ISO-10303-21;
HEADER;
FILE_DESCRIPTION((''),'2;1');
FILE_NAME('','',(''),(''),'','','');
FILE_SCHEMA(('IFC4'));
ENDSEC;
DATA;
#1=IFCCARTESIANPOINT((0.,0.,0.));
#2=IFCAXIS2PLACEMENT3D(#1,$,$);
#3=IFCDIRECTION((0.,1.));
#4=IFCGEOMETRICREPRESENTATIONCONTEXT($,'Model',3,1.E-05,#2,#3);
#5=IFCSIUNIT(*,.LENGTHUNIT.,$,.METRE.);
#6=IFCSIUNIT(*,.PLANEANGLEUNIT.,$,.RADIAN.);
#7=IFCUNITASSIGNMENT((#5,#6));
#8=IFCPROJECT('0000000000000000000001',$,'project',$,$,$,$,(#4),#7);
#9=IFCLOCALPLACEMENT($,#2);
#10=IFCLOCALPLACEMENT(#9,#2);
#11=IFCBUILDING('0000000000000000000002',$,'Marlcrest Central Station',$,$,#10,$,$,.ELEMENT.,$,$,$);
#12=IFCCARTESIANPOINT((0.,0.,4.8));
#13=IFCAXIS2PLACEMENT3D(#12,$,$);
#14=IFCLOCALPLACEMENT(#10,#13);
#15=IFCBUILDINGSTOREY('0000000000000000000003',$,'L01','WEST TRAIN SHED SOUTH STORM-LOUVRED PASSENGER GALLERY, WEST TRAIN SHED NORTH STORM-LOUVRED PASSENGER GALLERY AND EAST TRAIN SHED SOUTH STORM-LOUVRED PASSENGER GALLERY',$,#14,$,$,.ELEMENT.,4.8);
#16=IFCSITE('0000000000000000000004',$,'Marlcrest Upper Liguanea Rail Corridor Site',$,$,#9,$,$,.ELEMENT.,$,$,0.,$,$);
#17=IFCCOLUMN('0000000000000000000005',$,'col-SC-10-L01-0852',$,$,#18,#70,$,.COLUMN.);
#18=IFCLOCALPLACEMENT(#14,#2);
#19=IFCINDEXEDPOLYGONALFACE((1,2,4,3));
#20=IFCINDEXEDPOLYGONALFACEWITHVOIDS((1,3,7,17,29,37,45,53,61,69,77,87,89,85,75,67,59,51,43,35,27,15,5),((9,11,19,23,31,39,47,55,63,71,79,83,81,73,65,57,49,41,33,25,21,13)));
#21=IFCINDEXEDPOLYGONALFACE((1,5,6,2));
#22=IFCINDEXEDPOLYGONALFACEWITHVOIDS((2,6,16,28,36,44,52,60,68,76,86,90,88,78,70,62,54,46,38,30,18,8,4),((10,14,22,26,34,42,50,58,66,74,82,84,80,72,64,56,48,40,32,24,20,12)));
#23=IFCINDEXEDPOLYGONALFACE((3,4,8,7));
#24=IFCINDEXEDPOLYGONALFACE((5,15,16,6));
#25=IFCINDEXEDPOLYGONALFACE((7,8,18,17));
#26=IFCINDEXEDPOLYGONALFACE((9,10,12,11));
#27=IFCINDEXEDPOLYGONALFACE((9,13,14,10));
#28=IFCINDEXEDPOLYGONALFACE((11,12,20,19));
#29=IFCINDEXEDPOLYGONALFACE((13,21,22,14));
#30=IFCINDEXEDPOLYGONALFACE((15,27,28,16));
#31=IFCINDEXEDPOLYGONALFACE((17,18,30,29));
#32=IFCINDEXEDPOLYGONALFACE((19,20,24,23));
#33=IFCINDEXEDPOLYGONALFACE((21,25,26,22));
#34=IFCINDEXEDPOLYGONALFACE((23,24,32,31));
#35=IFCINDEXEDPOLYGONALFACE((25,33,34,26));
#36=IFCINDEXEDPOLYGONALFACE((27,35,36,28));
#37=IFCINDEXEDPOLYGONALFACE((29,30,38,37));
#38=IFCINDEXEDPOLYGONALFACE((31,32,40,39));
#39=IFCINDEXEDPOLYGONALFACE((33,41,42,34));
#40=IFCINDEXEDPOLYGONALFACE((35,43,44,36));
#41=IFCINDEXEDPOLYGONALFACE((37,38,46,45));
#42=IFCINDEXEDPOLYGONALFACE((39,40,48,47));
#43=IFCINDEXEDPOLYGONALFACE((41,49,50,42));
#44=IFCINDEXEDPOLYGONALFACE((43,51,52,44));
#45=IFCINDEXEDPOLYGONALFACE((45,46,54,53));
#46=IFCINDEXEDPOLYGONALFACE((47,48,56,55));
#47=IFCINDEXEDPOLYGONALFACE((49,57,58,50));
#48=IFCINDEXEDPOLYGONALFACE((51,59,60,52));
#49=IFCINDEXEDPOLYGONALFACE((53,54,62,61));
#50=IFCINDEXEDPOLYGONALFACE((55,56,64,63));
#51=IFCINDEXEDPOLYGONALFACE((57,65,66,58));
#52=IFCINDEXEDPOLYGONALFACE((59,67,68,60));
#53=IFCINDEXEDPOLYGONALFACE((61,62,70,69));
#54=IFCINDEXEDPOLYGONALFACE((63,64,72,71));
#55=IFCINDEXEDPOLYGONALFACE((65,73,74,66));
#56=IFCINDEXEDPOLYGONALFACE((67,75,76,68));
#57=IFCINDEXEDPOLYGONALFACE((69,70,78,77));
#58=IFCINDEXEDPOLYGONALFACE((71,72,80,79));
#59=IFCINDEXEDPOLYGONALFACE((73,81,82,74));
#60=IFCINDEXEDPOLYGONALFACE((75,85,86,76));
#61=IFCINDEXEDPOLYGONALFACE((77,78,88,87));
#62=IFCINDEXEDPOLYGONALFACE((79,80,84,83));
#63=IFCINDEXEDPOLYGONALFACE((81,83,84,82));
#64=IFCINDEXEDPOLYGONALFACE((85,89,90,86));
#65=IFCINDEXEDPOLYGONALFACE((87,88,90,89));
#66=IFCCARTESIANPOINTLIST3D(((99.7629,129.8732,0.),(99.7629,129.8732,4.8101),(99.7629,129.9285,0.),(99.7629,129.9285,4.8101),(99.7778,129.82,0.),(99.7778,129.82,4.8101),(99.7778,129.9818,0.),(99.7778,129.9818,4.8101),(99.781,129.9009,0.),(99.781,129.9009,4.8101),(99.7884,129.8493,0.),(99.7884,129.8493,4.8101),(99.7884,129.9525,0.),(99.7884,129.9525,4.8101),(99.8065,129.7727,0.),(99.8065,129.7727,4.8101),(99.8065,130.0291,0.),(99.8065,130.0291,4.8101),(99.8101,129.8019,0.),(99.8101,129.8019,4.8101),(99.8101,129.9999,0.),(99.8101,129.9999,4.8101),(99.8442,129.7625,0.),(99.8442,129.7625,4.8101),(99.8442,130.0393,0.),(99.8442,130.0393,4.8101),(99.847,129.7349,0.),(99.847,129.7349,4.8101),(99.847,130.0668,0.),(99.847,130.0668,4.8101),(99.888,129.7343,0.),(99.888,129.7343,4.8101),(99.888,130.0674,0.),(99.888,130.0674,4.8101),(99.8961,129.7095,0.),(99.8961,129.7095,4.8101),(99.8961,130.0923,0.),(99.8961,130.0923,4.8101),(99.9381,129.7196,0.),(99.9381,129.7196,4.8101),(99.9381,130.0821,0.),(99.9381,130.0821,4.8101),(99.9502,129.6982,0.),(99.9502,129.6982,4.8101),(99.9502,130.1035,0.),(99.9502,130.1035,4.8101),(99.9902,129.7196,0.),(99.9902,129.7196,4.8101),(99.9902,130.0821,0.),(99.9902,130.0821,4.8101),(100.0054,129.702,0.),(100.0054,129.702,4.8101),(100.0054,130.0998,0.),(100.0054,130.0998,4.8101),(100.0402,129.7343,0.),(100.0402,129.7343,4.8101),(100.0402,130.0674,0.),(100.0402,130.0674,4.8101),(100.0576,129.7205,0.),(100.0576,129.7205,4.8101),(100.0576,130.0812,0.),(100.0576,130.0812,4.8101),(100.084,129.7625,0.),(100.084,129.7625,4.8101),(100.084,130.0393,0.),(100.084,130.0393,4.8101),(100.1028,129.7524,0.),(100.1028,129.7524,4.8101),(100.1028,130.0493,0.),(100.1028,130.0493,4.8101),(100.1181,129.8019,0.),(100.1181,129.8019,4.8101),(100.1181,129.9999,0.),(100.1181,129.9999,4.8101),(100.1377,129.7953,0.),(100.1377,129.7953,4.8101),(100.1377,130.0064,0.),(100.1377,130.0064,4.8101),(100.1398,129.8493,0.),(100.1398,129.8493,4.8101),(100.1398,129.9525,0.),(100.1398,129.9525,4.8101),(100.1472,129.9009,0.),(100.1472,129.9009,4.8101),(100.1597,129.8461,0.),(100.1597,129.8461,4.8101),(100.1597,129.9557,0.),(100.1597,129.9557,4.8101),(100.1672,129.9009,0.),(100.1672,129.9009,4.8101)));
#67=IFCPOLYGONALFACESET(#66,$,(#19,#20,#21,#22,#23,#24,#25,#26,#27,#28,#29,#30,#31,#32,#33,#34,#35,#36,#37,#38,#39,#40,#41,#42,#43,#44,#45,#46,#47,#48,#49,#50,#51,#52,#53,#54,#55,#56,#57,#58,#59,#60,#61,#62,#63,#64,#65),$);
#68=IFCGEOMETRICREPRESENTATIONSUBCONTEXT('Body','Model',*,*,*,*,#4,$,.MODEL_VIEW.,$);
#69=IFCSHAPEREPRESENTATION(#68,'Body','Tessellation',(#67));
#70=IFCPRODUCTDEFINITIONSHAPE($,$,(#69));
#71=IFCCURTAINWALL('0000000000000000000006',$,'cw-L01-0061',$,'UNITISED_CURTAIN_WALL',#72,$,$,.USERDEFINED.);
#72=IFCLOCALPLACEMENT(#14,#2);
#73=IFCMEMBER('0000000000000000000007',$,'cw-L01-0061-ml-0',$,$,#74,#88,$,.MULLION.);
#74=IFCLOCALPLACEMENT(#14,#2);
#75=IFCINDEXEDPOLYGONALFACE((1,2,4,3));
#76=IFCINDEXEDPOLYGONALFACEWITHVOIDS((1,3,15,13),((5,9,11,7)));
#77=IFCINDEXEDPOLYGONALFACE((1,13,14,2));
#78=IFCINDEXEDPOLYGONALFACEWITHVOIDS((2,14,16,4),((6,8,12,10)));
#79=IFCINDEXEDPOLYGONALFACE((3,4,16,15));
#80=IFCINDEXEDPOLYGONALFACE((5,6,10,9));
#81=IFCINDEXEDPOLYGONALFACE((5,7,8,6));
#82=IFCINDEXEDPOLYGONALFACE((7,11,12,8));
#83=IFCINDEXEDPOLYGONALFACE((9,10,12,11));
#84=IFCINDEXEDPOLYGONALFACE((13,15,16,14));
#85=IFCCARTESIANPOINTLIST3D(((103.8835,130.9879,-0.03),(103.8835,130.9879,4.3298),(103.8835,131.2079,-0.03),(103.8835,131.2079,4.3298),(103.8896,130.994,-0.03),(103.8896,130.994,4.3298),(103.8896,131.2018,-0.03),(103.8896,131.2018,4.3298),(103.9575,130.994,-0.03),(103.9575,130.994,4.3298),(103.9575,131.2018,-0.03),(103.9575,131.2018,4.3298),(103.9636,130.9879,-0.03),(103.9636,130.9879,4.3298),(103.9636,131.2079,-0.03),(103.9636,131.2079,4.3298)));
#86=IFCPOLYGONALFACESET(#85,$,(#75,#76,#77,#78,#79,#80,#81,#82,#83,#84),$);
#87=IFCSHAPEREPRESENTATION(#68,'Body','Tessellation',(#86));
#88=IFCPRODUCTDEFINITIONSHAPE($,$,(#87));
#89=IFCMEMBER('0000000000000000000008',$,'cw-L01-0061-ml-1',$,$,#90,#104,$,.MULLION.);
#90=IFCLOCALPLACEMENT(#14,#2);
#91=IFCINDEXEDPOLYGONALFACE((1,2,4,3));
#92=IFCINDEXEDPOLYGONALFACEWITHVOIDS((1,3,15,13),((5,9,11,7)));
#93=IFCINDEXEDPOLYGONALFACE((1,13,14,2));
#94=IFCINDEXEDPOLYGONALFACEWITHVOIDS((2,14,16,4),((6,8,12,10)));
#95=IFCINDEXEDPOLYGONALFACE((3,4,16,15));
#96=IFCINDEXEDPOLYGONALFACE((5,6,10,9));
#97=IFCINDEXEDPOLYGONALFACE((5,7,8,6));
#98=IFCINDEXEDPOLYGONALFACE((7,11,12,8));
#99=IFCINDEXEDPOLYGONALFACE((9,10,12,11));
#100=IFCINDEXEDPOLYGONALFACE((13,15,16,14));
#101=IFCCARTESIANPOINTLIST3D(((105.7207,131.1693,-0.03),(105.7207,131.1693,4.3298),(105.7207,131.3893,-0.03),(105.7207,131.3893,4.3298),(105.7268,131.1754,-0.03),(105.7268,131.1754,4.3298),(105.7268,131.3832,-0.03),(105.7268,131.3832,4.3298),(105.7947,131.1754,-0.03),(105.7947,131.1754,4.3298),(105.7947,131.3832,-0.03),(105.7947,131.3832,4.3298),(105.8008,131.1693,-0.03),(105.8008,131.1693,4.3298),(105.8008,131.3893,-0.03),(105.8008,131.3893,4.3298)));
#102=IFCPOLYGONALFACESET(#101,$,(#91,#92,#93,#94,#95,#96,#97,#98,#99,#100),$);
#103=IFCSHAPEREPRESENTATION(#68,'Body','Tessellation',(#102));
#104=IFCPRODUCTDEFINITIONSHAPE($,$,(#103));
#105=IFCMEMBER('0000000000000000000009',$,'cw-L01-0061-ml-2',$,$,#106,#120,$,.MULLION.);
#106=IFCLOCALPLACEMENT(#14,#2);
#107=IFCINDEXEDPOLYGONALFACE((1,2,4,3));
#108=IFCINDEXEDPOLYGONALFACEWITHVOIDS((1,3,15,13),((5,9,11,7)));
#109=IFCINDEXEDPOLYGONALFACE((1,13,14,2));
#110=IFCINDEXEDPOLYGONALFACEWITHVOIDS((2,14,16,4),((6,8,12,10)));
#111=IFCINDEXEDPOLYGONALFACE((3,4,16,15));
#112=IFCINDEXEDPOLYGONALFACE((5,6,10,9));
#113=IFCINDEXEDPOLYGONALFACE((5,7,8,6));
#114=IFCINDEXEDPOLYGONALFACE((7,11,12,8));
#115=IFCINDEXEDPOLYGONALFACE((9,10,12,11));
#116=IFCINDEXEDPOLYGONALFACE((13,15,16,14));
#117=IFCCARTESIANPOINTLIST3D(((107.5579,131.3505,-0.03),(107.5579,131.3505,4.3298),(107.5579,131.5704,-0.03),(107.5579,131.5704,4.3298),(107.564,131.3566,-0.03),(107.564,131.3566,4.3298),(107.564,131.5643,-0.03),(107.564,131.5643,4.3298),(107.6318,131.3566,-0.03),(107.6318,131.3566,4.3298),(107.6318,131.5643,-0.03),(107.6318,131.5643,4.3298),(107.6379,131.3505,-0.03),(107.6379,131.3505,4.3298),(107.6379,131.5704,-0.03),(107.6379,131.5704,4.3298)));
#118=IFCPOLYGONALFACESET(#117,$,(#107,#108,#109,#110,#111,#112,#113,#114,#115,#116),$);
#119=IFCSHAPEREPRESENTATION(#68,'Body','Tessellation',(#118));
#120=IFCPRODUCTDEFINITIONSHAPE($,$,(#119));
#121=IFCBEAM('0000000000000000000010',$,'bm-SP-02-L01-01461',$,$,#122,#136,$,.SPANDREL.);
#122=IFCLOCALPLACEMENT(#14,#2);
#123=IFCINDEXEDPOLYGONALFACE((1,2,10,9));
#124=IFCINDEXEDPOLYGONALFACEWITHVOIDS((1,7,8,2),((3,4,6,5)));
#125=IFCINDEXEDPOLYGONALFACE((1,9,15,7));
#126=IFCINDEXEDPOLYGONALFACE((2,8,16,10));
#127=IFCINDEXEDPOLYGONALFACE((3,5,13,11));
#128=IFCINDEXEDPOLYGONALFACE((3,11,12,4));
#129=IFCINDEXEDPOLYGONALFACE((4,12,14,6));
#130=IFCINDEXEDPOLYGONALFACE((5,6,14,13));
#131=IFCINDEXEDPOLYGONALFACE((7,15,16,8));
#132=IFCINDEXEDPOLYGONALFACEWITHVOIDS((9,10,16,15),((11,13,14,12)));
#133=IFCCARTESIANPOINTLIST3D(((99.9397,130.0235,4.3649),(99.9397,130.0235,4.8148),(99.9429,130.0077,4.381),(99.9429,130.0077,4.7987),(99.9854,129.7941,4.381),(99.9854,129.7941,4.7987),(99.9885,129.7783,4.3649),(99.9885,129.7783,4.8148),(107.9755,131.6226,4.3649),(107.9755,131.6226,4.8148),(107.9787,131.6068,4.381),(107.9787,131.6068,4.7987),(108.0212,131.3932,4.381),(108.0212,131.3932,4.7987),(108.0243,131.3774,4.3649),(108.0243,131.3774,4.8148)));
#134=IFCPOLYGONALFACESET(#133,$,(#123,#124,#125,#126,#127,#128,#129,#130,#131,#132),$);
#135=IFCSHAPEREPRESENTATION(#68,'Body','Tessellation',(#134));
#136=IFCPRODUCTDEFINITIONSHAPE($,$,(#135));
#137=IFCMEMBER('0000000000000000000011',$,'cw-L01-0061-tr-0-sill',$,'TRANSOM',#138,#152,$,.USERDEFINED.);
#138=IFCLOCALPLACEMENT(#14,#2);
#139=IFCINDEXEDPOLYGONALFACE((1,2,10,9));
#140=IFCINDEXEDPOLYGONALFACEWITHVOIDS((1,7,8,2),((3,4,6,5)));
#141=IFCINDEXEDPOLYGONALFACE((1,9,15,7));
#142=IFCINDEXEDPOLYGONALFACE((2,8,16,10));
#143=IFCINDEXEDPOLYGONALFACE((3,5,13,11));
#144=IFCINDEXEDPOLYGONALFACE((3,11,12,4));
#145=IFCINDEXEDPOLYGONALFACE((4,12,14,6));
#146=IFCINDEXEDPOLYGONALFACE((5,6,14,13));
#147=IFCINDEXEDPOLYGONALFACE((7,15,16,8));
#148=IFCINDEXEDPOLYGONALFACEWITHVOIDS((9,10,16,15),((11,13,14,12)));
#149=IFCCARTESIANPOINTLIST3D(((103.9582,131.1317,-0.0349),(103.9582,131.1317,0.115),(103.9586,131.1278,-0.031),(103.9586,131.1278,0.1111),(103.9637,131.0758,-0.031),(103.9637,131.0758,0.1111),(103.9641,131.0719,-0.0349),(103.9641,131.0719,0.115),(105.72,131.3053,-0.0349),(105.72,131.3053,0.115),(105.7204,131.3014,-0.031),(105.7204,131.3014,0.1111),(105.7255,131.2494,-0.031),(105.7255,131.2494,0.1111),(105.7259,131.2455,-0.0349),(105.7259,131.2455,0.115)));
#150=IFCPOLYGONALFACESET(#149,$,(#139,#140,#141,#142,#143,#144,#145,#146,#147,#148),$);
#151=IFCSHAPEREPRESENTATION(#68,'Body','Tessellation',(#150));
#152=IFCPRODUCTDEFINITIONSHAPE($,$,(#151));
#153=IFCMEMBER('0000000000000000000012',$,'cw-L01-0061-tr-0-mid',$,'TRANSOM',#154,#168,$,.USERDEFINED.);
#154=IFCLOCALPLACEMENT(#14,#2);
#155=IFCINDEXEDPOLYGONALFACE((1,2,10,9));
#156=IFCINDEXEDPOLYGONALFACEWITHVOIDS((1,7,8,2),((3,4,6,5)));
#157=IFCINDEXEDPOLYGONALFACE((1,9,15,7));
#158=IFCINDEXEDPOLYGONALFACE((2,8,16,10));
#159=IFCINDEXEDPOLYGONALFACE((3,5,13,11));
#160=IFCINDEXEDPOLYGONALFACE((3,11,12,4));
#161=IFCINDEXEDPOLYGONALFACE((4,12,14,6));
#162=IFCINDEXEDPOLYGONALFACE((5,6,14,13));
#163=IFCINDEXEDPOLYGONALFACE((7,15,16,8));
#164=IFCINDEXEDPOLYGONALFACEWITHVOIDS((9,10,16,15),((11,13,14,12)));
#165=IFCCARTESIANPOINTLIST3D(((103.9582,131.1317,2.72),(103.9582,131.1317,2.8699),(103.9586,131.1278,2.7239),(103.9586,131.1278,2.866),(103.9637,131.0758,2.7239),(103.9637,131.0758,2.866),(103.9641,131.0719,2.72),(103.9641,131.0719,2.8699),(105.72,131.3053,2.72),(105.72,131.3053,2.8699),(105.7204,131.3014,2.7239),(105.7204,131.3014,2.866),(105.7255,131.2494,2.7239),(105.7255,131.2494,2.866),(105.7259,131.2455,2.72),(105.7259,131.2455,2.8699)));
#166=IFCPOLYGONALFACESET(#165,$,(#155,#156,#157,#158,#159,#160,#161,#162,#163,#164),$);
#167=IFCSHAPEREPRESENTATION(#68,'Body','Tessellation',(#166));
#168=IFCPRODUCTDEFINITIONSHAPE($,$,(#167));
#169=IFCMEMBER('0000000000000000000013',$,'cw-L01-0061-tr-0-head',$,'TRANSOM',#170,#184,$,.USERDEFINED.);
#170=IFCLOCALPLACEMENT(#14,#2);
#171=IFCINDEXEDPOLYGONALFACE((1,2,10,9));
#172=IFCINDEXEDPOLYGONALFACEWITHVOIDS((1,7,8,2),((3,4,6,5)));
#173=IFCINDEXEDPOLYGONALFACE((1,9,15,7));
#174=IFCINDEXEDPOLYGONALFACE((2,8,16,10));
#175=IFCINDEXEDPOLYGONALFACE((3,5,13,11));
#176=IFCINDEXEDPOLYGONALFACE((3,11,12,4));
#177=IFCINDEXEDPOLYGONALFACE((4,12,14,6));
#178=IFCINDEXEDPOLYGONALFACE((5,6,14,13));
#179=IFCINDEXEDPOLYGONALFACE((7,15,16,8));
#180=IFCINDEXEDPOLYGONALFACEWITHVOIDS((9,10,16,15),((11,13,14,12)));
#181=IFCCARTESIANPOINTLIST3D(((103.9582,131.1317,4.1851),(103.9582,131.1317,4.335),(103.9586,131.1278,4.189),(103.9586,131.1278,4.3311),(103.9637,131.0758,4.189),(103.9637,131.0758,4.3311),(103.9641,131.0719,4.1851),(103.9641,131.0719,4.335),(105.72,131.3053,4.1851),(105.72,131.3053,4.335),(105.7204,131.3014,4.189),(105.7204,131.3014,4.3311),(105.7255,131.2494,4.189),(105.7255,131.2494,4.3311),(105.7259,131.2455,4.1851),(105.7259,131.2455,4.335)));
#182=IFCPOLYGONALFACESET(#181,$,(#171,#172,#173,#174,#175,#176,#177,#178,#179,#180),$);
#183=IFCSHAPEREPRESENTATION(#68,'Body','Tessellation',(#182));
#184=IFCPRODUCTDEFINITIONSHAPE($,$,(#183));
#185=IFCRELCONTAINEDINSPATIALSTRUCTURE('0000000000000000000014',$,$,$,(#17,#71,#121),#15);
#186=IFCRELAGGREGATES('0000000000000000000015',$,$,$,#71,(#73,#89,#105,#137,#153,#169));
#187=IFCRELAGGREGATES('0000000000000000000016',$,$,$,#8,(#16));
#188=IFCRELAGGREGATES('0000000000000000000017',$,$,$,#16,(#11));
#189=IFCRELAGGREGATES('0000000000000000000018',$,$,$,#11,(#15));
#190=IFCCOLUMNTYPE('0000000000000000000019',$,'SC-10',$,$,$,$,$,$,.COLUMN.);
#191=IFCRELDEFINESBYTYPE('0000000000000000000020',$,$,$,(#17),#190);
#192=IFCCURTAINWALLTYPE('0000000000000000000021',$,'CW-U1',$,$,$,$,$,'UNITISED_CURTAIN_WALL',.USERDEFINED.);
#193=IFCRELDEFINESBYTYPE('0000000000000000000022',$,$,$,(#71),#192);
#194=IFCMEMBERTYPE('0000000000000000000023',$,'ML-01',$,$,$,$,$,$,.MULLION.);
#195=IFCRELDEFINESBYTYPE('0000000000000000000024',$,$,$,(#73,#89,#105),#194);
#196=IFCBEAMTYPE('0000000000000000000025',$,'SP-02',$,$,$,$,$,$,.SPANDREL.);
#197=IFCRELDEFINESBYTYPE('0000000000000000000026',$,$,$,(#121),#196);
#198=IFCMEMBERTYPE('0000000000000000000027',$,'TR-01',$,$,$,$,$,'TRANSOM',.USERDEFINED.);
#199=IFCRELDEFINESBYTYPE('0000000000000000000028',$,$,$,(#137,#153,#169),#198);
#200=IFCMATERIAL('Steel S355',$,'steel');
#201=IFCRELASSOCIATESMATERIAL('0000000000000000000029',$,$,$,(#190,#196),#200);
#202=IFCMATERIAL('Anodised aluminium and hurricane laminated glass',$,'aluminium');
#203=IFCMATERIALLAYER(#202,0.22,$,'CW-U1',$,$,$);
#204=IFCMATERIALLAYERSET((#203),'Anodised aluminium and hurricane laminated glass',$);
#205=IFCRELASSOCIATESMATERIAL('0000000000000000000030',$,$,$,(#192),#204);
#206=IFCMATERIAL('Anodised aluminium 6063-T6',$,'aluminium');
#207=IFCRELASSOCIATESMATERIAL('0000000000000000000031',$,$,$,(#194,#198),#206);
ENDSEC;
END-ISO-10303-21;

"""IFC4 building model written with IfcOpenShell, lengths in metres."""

from ifc_helpers import new_model, si_unit, direction, frame, origin, origin_2d, place, context, subcontext, project, spatial, hollow_rectangle, hollow_circle, extrude, material, layer, layer_set, material_profile, profile_set, type_object, element, aggregate, save


model = new_model("IFC4")

# Units and contexts
model_context = context("Model", 3, precision=1e-05, world=origin(), true_north=direction((0.0, 1.0)))
body_context = subcontext(model_context, "Body", "Model", "MODEL_VIEW")
ifc_project = project(units=[si_unit("LENGTHUNIT", "METRE"), si_unit("PLANEANGLEUNIT", "RADIAN")], contexts=[model_context])

# Site, building, storey
site_placement = place(None, origin())
site = spatial("IfcSite", under=ifc_project, at=site_placement, Name="Marlcrest Upper Liguanea Rail Corridor Site", CompositionType="ELEMENT", RefElevation=0.0)
building_placement = place(site_placement, origin())
building = spatial("IfcBuilding", under=site, at=building_placement, Name="Marlcrest Central Station", CompositionType="ELEMENT")
storey_placement = place(building_placement, frame((0.0, 0.0, 4.8)))
storey = spatial("IfcBuildingStorey", under=building, at=storey_placement, Name="L01", Description="WEST TRAIN SHED SOUTH STORM-LOUVRED PASSENGER GALLERY, WEST TRAIN SHED NORTH STORM-LOUVRED PASSENGER GALLERY AND EAST TRAIN SHED SOUTH STORM-LOUVRED PASSENGER GALLERY", CompositionType="ELEMENT", Elevation=4.8)

# Column
ifc_material_1 = material(Name="Steel S355", Category="steel")
ifc_material_profile_1 = material_profile(ifc_material_1, hollow_circle(Radius=0.2031, WallThickness=0.02, at=origin_2d()), Name="CHS 406.4x20")
ifc_profile_set_1 = profile_set([ifc_material_profile_1], Name="Steel S355")
column_type = type_object("IfcColumnType", Name="SC-10", PredefinedType="COLUMN", material=ifc_profile_set_1)
column_placement = place(storey_placement, frame((99.9641, 129.9009, 0.0), z_axis=(0.0, 0.0, 1.0), x_axis=(1.0, 0.0, 0.0)))
element("IfcColumn", 1, at=column_placement, inside=storey, type_object=column_type, Name="col-SC-10-L01-0852", PredefinedType="COLUMN", context=body_context, shape_type="SweptSolid", body=[
    extrude(hollow_circle(Radius=0.2031, WallThickness=0.02, at=origin_2d()), origin(), (0.0, 0.0, 1.0), 4.8101),
])

# Curtain wall, members
ifc_material_2 = material(Name="Anodised aluminium and hurricane laminated glass", Category="aluminium")
ifc_layer_1 = layer(ifc_material_2, 0.22, Name="CW-U1")
ifc_layer_set_1 = layer_set([ifc_layer_1], Name="Anodised aluminium and hurricane laminated glass")
curtain_wall_type = type_object("IfcCurtainWallType", Name="CW-U1", ElementType="UNITISED_CURTAIN_WALL", PredefinedType="USERDEFINED", material=ifc_layer_set_1)
curtain_wall_placement = place(storey_placement, origin())
curtain_wall = element("IfcCurtainWall", 2, at=curtain_wall_placement, inside=storey, type_object=curtain_wall_type, Name="cw-L01-0061", ObjectType="UNITISED_CURTAIN_WALL", PredefinedType="USERDEFINED")
ifc_material_3 = material(Name="Anodised aluminium 6063-T6", Category="aluminium")
ifc_material_profile_2 = material_profile(ifc_material_3, hollow_rectangle(XDim=0.0801, YDim=0.22, WallThickness=0.0061, at=origin_2d()), Name="AA-RHS 220x80x6")
ifc_profile_set_2 = profile_set([ifc_material_profile_2], Name="Anodised aluminium 6063-T6")
member_type_1 = type_object("IfcMemberType", Name="ML-01", PredefinedType="MULLION", material=ifc_profile_set_2)
member_1_placement = place(storey_placement, frame((103.9236, 131.0979, -0.03), z_axis=(0.0, 0.0, 1.0), x_axis=(1.0, 0.0, 0.0)))
member_1 = element("IfcMember", 3, at=member_1_placement, type_object=member_type_1, Name="cw-L01-0061-ml-0", PredefinedType="MULLION", context=body_context, shape_type="SweptSolid", body=[
    extrude(hollow_rectangle(XDim=0.0801, YDim=0.22, WallThickness=0.0061, at=origin_2d()), origin(), (0.0, 0.0, 1.0), 4.3599),
])
member_2_placement = place(storey_placement, frame((105.7607, 131.2793, -0.03), z_axis=(0.0, 0.0, 1.0), x_axis=(1.0, 0.0, 0.0)))
member_2 = element("IfcMember", 4, at=member_2_placement, type_object=member_type_1, Name="cw-L01-0061-ml-1", PredefinedType="MULLION", context=body_context, shape_type="SweptSolid", body=[
    extrude(hollow_rectangle(XDim=0.0801, YDim=0.22, WallThickness=0.0061, at=origin_2d()), origin(), (0.0, 0.0, 1.0), 4.3599),
])
member_3_placement = place(storey_placement, frame((107.5979, 131.4604, -0.03), z_axis=(0.0, 0.0, 1.0), x_axis=(1.0, 0.0, 0.0)))
member_3 = element("IfcMember", 5, at=member_3_placement, type_object=member_type_1, Name="cw-L01-0061-ml-2", PredefinedType="MULLION", context=body_context, shape_type="SweptSolid", body=[
    extrude(hollow_rectangle(XDim=0.0801, YDim=0.22, WallThickness=0.0061, at=origin_2d()), origin(), (0.0, 0.0, 1.0), 4.3599),
])

# Beam
ifc_material_profile_3 = material_profile(ifc_material_1, hollow_rectangle(XDim=0.25, YDim=0.45, WallThickness=0.0161, at=origin_2d()), Name="RHS 450x250x16")
ifc_profile_set_3 = profile_set([ifc_material_profile_3], Name="Steel S355")
beam_type = type_object("IfcBeamType", Name="SP-02", PredefinedType="SPANDREL", material=ifc_profile_set_3)
beam_placement = place(storey_placement, frame((99.9641, 129.9009, 4.5898), z_axis=(0.980769, 0.195171, 0.0), x_axis=(-0.195171, 0.980769, 0.0)))
element("IfcBeam", 6, at=beam_placement, inside=storey, type_object=beam_type, Name="bm-SP-02-L01-01461", PredefinedType="SPANDREL", context=body_context, shape_type="SweptSolid", body=[
    extrude(hollow_rectangle(XDim=0.25, YDim=0.45, WallThickness=0.0161, at=origin_2d()), origin(), (0.0, 0.0, 1.0), 8.1934),
])

# Members
ifc_material_profile_4 = material_profile(ifc_material_3, hollow_rectangle(XDim=0.0601, YDim=0.1499, WallThickness=0.0039, at=origin_2d()), Name="AA-RHS 150x60x4")
ifc_profile_set_4 = profile_set([ifc_material_profile_4], Name="Anodised aluminium 6063-T6")
member_type_2 = type_object("IfcMemberType", Name="TR-01", ElementType="TRANSOM", PredefinedType="USERDEFINED", material=ifc_profile_set_4)
member_4_placement = place(storey_placement, frame((103.9612, 131.1018, 0.04), z_axis=(0.995181, 0.098056, 0.0), x_axis=(-0.098056, 0.995181, 0.0)))
member_4 = element("IfcMember", 7, at=member_4_placement, type_object=member_type_2, Name="cw-L01-0061-tr-0-sill", ObjectType="TRANSOM", PredefinedType="USERDEFINED", context=body_context, shape_type="SweptSolid", body=[
    extrude(hollow_rectangle(XDim=0.0601, YDim=0.1499, WallThickness=0.0039, at=origin_2d()), origin(), (0.0, 0.0, 1.0), 1.7703),
])
member_5_placement = place(storey_placement, frame((103.9612, 131.1018, 2.7949), z_axis=(0.995181, 0.098056, 0.0), x_axis=(-0.098056, 0.995181, 0.0)))
member_5 = element("IfcMember", 8, at=member_5_placement, type_object=member_type_2, Name="cw-L01-0061-tr-0-mid", ObjectType="TRANSOM", PredefinedType="USERDEFINED", context=body_context, shape_type="SweptSolid", body=[
    extrude(hollow_rectangle(XDim=0.0601, YDim=0.1499, WallThickness=0.0039, at=origin_2d()), origin(), (0.0, 0.0, 1.0), 1.7703),
])
member_6_placement = place(storey_placement, frame((103.9612, 131.1018, 4.26), z_axis=(0.995181, 0.098056, 0.0), x_axis=(-0.098056, 0.995181, 0.0)))
member_6 = element("IfcMember", 9, at=member_6_placement, type_object=member_type_2, Name="cw-L01-0061-tr-0-head", ObjectType="TRANSOM", PredefinedType="USERDEFINED", context=body_context, shape_type="SweptSolid", body=[
    extrude(hollow_rectangle(XDim=0.0601, YDim=0.1499, WallThickness=0.0039, at=origin_2d()), origin(), (0.0, 0.0, 1.0), 1.7703),
])

aggregate(curtain_wall, [member_1, member_2, member_3, member_4, member_5, member_6])

save(model, "model.ifc")
